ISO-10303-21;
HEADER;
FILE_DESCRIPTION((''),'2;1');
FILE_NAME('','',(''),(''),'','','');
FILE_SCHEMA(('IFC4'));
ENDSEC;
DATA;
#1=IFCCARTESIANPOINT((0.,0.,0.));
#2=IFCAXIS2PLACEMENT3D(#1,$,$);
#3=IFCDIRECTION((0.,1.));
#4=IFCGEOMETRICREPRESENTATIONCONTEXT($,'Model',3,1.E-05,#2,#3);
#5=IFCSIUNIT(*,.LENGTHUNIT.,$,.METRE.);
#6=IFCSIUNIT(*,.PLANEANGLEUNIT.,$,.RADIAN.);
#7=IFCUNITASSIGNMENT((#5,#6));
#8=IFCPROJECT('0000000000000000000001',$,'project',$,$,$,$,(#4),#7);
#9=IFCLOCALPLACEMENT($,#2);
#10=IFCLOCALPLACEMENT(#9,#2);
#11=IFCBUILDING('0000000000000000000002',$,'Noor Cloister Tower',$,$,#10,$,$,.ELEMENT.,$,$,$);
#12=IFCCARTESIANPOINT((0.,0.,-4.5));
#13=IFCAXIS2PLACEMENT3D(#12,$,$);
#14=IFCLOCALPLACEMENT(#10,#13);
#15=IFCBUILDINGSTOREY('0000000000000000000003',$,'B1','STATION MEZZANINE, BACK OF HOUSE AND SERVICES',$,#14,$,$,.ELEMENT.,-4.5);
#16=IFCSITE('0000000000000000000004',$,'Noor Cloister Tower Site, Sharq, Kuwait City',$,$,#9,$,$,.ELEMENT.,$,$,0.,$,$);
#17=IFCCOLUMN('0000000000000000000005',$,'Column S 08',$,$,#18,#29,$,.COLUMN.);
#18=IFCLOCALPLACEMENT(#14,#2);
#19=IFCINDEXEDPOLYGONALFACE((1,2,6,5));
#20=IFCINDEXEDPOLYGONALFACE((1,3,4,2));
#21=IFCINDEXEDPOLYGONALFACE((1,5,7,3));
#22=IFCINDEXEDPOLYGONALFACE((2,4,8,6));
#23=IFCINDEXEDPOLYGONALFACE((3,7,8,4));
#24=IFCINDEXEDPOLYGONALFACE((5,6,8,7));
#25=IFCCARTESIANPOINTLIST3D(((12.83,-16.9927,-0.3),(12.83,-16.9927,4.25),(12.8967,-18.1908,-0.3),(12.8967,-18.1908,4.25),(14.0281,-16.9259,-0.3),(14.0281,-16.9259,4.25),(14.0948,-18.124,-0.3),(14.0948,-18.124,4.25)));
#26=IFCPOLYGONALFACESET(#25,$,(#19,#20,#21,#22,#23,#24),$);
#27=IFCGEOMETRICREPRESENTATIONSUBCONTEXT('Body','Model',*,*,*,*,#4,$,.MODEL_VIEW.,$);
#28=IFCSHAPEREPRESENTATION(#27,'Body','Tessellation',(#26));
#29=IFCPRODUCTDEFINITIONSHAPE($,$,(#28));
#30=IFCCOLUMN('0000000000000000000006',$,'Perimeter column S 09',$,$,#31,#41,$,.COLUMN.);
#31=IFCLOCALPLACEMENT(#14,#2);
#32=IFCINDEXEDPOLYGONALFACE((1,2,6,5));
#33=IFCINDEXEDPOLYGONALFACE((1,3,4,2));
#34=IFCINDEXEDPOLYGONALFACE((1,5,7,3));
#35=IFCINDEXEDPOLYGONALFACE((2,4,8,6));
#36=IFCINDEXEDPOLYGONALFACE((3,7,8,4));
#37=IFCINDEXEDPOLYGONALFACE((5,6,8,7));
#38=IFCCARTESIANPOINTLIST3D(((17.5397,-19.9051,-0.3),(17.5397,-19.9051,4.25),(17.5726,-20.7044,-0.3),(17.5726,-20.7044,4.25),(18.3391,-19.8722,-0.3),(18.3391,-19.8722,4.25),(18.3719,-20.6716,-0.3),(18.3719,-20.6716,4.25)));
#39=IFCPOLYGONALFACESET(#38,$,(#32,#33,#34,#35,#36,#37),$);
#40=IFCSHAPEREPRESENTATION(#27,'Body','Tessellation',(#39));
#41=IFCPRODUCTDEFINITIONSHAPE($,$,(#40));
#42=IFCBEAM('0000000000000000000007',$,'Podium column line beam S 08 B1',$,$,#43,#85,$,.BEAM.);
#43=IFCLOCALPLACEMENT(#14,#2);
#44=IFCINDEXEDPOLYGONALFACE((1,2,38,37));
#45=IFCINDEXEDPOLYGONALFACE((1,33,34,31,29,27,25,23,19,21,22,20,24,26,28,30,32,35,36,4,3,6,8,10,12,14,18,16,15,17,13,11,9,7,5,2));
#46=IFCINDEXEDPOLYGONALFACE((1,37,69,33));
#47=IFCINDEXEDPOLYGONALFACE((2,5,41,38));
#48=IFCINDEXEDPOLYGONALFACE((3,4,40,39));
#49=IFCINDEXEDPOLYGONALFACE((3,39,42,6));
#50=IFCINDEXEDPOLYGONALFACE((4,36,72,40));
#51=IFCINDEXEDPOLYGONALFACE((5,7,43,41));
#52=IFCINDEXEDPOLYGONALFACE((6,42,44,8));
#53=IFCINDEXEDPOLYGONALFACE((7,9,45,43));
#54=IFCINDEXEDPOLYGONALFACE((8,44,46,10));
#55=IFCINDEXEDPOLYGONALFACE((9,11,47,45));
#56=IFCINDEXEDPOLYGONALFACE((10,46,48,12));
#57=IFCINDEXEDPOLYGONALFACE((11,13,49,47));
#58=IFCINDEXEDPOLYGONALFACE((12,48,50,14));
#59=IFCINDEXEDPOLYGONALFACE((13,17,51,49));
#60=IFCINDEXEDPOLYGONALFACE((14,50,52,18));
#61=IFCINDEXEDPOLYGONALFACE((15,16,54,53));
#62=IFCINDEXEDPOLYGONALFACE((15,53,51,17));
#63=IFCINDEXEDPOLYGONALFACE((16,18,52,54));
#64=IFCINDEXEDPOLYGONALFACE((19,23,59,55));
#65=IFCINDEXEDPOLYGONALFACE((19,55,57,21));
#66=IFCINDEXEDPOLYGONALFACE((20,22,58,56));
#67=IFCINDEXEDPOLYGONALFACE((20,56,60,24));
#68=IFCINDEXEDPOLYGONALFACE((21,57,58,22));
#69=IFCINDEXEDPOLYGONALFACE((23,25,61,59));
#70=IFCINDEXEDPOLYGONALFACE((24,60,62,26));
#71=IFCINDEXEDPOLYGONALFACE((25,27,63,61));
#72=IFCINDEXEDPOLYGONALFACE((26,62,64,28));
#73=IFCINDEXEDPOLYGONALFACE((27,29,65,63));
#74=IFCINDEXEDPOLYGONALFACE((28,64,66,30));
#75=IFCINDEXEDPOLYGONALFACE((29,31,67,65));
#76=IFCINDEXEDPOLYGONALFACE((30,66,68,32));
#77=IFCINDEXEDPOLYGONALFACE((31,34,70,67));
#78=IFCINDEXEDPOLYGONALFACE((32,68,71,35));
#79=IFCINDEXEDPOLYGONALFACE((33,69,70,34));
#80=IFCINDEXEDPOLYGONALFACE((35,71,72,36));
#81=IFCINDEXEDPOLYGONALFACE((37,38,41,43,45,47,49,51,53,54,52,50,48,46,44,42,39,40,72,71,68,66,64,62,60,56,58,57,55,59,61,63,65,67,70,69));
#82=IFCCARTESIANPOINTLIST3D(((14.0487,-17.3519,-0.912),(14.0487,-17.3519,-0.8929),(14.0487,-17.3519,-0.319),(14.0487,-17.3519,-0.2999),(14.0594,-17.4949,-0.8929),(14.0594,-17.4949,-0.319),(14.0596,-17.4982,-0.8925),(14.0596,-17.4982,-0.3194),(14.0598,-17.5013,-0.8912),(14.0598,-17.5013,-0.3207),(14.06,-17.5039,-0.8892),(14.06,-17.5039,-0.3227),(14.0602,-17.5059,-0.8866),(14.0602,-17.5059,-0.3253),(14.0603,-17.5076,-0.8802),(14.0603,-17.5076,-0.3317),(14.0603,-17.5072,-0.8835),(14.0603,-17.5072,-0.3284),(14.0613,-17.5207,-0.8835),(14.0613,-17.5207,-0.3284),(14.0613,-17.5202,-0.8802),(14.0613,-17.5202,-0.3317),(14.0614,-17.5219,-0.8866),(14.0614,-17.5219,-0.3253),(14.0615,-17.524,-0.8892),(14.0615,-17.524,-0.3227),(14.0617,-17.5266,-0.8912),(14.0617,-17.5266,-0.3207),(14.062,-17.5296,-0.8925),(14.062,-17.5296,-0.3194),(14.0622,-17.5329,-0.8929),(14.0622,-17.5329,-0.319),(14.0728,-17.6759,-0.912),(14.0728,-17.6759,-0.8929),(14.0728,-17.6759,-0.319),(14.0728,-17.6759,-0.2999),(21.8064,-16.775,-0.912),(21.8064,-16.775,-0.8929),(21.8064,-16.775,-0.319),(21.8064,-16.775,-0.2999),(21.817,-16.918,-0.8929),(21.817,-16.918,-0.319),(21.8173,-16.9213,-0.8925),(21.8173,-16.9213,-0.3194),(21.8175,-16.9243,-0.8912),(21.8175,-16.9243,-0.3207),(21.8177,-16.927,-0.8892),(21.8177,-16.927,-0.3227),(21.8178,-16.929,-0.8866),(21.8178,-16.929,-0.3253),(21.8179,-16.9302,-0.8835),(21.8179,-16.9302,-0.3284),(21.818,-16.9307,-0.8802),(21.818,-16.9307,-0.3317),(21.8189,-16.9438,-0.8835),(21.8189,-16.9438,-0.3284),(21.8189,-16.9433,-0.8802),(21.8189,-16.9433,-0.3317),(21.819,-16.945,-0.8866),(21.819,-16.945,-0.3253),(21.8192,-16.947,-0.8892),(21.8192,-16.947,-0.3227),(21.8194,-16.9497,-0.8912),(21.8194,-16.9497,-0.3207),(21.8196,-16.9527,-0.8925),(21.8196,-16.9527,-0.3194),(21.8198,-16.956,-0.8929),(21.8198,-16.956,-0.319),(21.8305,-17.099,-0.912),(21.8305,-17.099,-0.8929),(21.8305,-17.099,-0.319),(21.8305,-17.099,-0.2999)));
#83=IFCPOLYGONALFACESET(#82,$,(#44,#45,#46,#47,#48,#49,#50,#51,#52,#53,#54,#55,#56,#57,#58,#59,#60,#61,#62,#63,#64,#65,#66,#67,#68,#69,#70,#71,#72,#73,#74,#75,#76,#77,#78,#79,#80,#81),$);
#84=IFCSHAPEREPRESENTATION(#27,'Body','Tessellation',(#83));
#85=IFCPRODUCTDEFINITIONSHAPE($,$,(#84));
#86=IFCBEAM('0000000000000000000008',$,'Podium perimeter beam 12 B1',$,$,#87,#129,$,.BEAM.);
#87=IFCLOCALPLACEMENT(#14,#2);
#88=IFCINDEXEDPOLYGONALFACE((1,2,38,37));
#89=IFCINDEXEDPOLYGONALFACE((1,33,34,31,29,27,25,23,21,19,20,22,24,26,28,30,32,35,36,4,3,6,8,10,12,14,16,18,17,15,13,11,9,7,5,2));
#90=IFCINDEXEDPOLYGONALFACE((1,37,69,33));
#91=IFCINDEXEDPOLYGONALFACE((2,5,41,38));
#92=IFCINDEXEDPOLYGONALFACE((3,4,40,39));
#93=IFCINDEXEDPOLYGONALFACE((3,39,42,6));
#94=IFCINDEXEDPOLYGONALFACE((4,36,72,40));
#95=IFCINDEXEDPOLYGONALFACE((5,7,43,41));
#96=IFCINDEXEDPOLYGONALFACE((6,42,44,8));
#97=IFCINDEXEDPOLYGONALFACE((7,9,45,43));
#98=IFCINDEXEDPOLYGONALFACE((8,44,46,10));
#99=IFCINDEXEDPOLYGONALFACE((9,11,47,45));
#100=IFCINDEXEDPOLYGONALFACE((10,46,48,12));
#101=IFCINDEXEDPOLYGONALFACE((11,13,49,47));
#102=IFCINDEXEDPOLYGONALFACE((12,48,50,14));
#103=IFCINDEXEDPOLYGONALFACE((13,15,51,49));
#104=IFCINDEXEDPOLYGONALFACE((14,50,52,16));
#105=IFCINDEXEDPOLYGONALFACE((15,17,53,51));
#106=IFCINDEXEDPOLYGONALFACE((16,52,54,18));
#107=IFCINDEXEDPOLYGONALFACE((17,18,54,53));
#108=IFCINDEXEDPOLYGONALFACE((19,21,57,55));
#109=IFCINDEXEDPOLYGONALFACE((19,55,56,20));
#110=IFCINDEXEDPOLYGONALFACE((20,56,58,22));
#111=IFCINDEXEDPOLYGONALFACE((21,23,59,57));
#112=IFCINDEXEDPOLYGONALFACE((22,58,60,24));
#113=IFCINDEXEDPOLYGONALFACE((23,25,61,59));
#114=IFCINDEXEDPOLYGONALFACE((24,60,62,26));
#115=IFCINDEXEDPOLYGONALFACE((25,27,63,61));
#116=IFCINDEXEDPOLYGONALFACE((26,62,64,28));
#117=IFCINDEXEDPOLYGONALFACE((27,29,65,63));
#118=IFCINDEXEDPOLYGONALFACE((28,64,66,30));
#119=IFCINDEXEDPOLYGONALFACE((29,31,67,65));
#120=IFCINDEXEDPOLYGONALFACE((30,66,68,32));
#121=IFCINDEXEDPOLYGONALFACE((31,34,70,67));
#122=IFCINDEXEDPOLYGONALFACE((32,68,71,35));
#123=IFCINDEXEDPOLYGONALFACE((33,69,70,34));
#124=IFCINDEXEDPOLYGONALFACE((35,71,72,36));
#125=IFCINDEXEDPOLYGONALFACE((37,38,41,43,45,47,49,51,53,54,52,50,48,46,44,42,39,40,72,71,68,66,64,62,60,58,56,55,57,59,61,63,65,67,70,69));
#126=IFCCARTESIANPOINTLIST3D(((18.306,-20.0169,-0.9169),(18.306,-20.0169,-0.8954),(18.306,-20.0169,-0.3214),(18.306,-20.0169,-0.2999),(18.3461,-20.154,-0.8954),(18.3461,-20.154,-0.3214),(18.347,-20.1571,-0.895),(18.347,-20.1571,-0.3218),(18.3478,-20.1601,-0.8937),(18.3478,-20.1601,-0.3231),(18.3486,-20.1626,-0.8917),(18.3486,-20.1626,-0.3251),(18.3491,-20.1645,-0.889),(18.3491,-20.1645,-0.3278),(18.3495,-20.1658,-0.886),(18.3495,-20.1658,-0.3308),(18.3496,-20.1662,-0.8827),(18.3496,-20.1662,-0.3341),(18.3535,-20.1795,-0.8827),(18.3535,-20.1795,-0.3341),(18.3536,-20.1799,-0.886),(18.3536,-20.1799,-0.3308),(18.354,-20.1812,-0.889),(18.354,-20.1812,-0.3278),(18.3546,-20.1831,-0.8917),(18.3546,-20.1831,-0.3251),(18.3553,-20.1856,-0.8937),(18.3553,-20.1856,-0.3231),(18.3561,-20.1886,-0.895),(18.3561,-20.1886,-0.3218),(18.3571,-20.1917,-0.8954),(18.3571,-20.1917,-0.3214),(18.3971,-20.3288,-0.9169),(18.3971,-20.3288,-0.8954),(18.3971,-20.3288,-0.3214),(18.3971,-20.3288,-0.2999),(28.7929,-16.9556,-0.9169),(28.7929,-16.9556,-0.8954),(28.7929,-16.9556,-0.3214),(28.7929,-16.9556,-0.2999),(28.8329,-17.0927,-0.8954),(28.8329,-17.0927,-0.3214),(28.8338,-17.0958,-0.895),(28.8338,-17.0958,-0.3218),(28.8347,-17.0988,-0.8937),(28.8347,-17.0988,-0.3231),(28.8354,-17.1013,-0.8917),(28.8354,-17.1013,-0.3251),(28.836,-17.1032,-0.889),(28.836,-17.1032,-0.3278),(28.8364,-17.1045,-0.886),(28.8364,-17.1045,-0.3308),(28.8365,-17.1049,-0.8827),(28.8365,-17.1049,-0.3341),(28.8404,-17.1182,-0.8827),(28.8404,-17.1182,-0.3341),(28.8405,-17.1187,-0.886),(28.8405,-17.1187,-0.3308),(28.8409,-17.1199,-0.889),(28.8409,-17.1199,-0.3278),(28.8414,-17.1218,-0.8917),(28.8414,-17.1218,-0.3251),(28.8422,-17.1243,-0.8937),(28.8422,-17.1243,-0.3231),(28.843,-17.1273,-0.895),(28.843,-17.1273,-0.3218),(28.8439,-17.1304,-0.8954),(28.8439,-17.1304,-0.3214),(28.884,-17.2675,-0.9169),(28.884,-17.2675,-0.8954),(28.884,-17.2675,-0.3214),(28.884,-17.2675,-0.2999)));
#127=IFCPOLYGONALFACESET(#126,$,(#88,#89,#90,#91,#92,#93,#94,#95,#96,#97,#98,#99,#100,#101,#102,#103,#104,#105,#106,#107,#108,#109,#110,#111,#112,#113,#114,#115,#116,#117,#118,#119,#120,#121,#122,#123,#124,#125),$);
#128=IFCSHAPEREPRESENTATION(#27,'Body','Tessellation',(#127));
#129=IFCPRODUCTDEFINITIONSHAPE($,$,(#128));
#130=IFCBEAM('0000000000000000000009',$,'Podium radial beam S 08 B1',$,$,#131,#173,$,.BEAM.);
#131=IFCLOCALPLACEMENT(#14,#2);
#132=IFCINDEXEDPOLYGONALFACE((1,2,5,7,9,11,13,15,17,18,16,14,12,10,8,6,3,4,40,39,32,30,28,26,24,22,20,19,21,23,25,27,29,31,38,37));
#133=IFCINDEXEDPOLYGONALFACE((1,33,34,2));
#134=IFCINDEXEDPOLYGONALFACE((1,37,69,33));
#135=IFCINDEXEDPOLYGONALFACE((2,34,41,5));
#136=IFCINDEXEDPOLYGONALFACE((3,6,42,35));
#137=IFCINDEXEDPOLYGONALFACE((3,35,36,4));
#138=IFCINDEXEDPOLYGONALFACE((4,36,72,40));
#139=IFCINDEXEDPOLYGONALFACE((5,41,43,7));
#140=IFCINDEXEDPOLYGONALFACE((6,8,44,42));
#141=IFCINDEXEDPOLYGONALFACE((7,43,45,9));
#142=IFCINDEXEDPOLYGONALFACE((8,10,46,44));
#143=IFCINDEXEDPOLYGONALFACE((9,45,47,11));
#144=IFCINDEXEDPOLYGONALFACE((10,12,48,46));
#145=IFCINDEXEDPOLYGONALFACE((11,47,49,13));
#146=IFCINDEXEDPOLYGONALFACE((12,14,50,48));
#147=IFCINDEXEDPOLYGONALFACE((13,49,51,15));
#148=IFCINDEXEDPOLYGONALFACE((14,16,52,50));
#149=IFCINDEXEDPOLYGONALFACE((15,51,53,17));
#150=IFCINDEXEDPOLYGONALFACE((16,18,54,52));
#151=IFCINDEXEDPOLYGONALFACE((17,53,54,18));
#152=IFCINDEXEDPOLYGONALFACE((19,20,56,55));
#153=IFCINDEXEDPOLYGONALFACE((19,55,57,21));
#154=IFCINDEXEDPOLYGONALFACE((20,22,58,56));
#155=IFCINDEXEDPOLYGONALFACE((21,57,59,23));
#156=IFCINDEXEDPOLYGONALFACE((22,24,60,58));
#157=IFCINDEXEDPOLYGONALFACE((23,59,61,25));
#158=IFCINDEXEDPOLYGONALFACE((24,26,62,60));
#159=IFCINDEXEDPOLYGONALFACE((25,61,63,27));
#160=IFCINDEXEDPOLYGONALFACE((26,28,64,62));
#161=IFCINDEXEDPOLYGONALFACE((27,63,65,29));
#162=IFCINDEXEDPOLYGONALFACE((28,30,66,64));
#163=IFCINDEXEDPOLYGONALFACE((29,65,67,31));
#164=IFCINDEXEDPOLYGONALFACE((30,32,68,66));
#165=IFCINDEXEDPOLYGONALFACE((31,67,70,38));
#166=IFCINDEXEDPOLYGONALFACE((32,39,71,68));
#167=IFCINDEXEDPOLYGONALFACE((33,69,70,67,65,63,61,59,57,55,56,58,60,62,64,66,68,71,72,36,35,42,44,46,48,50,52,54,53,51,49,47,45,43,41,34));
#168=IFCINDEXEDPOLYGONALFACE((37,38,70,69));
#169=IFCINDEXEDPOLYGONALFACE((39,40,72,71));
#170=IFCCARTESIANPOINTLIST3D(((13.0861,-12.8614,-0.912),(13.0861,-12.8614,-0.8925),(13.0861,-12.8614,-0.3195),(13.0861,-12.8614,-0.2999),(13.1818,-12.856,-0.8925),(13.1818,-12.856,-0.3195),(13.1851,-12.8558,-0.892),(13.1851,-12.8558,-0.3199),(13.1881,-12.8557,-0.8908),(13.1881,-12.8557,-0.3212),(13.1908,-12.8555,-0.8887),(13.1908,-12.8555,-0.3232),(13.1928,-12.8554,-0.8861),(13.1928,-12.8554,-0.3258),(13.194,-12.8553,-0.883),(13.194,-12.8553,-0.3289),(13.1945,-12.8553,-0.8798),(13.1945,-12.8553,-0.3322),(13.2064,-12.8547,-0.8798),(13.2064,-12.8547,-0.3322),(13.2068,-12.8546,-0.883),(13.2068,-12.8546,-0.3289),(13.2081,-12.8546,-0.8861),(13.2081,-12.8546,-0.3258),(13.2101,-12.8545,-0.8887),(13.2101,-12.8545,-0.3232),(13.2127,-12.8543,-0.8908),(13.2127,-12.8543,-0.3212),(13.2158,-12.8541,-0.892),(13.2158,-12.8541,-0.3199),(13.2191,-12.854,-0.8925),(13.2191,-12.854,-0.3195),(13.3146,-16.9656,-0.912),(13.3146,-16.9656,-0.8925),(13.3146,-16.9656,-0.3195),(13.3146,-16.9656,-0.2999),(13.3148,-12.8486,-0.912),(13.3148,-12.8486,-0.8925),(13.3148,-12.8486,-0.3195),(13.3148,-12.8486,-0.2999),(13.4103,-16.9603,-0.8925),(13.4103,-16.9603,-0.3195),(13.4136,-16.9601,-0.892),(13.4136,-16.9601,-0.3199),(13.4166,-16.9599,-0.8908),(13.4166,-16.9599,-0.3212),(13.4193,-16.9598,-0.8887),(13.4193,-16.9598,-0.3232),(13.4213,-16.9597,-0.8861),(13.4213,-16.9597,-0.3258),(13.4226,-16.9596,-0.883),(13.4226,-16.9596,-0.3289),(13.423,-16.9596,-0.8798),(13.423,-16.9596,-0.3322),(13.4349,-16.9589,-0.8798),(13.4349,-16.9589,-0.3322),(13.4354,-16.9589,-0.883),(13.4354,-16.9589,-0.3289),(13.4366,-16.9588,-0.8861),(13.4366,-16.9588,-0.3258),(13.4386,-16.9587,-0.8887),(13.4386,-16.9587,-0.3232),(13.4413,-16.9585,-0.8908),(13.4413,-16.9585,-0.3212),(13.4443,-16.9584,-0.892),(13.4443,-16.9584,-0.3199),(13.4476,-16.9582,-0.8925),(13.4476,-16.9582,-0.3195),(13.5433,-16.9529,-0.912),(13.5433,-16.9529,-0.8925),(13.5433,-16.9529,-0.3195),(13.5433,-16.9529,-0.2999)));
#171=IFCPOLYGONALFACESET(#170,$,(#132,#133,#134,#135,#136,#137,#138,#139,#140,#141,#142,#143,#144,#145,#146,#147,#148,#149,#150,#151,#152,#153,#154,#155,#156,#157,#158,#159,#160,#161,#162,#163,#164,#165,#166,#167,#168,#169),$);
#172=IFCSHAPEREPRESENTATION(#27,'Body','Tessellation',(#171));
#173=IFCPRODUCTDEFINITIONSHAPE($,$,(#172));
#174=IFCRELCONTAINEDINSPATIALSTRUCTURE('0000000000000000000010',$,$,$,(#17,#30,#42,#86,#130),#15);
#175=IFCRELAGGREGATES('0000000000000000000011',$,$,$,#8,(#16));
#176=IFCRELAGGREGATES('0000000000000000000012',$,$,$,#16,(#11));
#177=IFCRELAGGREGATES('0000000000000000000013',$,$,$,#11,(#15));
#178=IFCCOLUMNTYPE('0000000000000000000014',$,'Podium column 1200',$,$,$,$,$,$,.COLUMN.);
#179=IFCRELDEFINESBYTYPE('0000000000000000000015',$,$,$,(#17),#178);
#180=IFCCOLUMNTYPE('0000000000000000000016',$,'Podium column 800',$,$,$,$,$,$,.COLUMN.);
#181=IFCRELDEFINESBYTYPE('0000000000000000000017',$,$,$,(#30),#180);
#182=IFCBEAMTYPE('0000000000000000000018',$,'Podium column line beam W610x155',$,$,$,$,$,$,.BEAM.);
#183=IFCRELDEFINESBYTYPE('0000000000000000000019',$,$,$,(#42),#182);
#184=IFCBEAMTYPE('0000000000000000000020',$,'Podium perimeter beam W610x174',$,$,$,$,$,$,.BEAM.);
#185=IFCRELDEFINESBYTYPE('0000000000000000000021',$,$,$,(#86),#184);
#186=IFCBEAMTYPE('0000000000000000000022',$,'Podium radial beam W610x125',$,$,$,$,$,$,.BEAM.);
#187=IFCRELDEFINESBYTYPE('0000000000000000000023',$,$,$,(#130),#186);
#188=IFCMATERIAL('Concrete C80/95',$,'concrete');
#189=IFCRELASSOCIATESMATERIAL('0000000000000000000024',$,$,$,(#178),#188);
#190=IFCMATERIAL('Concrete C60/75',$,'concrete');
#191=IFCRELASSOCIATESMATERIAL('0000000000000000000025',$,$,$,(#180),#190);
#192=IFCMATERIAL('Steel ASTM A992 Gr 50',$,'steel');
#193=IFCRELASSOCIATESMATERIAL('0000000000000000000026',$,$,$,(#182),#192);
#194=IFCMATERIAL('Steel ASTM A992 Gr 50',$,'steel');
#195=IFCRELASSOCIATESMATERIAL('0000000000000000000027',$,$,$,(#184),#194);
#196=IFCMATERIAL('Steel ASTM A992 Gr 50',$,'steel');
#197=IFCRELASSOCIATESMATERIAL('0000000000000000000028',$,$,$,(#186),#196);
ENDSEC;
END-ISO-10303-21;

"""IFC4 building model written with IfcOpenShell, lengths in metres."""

from ifc_helpers import new_model, si_unit, direction, frame, origin, origin_2d, place, context, subcontext, project, spatial, rectangle, i_section, extrude, material, material_profile, profile_set, type_object, element, save


model = new_model("IFC4")

# Units and contexts
model_context = context("Model", 3, precision=1e-05, world=origin(), true_north=direction((0.0, 1.0)))
body_context = subcontext(model_context, "Body", "Model", "MODEL_VIEW")
ifc_project = project(units=[si_unit("LENGTHUNIT", "METRE"), si_unit("PLANEANGLEUNIT", "RADIAN")], contexts=[model_context])

# Site, building, storey
site_placement = place(None, origin())
site = spatial("IfcSite", under=ifc_project, at=site_placement, Name="Noor Cloister Tower Site, Sharq, Kuwait City", CompositionType="ELEMENT", RefElevation=0.0)
building_placement = place(site_placement, origin())
building = spatial("IfcBuilding", under=site, at=building_placement, Name="Noor Cloister Tower", CompositionType="ELEMENT")
storey_placement = place(building_placement, frame((0.0, 0.0, -4.5)))
storey = spatial("IfcBuildingStorey", under=building, at=storey_placement, Name="B1", Description="STATION MEZZANINE, BACK OF HOUSE AND SERVICES", CompositionType="ELEMENT", Elevation=-4.5)

# Columns
ifc_material_1 = material(Name="Concrete C80/95", Category="concrete")
ifc_material_profile_1 = material_profile(ifc_material_1, rectangle(XDim=1.2, YDim=1.2, at=origin_2d()), Name="Podium column 1200")
ifc_profile_set_1 = profile_set([ifc_material_profile_1], Name="Concrete C80/95")
column_type_1 = type_object("IfcColumnType", Name="Podium column 1200", PredefinedType="COLUMN", material=ifc_profile_set_1)
column_1_placement = place(storey_placement, frame((13.4624, -17.5583, -0.3), z_axis=(0.0, 0.0, 1.0), x_axis=(0.055633, -0.998451, 0.0)))
element("IfcColumn", 1, at=column_1_placement, inside=storey, type_object=column_type_1, Name="Column S 08", PredefinedType="COLUMN", context=body_context, shape_type="SweptSolid", body=[
    extrude(rectangle(XDim=1.2, YDim=1.2, at=origin_2d()), origin(), (0.0, 0.0, 1.0), 4.55),
])
ifc_material_2 = material(Name="Concrete C60/75", Category="concrete")
ifc_material_profile_2 = material_profile(ifc_material_2, rectangle(XDim=0.8, YDim=0.8, at=origin_2d()), Name="Podium column 800")
ifc_profile_set_2 = profile_set([ifc_material_profile_2], Name="Concrete C60/75")
column_type_2 = type_object("IfcColumnType", Name="Podium column 800", PredefinedType="COLUMN", material=ifc_profile_set_2)
column_2_placement = place(storey_placement, frame((17.9558, -20.2883, -0.3), z_axis=(0.0, 0.0, 1.0), x_axis=(0.041066, -0.999156, 0.0)))
element("IfcColumn", 2, at=column_2_placement, inside=storey, type_object=column_type_2, Name="Perimeter column S 09", PredefinedType="COLUMN", context=body_context, shape_type="SweptSolid", body=[
    extrude(rectangle(XDim=0.8, YDim=0.8, at=origin_2d()), origin(), (0.0, 0.0, 1.0), 4.55),
])

# Beams
ifc_material_3 = material(Name="Steel ASTM A992 Gr 50", Category="steel")
ifc_material_profile_3 = material_profile(ifc_material_3, i_section(OverallWidth=0.325, OverallDepth=0.6121, WebThickness=0.0127, FlangeThickness=0.019, FilletRadius=0.0127, at=origin_2d()), Name="W610x155")
ifc_profile_set_3 = profile_set([ifc_material_profile_3], Name="Steel ASTM A992 Gr 50")
beam_type_1 = type_object("IfcBeamType", Name="Podium column line beam W610x155", PredefinedType="BEAM", material=ifc_profile_set_3)
beam_1_placement = place(storey_placement, frame((14.0608, -17.5139, -0.606), z_axis=(0.997246, 0.074162, 0.0), x_axis=(-0.074162, 0.997246, 0.0)))
element("IfcBeam", 3, at=beam_1_placement, inside=storey, type_object=beam_type_1, Name="Podium column line beam S 08 B1", PredefinedType="BEAM", context=body_context, shape_type="SweptSolid", body=[
    extrude(i_section(OverallWidth=0.325, OverallDepth=0.6121, WebThickness=0.0127, FlangeThickness=0.019, FilletRadius=0.0127, at=origin_2d()), origin(), (0.0, 0.0, 1.0), 7.7791),
])
ifc_material_4 = material(Name="Steel ASTM A992 Gr 50", Category="steel")
ifc_material_profile_4 = material_profile(ifc_material_4, i_section(OverallWidth=0.325, OverallDepth=0.6169, WebThickness=0.0139, FlangeThickness=0.0215, FilletRadius=0.0127, at=origin_2d()), Name="W610x174")
ifc_profile_set_4 = profile_set([ifc_material_profile_4], Name="Steel ASTM A992 Gr 50")
beam_type_2 = type_object("IfcBeamType", Name="Podium perimeter beam W610x174", PredefinedType="BEAM", material=ifc_profile_set_4)
beam_2_placement = place(storey_placement, frame((18.3516, -20.1729, -0.6084), z_axis=(0.959935, 0.280221, 0.0), x_axis=(-0.280221, 0.959935, 0.0)))
element("IfcBeam", 4, at=beam_2_placement, inside=storey, type_object=beam_type_2, Name="Podium perimeter beam 12 B1", PredefinedType="BEAM", context=body_context, shape_type="SweptSolid", body=[
    extrude(i_section(OverallWidth=0.325, OverallDepth=0.6169, WebThickness=0.0139, FlangeThickness=0.0215, FilletRadius=0.0127, at=origin_2d()), origin(), (0.0, 0.0, 1.0), 10.9246),
])
ifc_material_5 = material(Name="Steel ASTM A992 Gr 50", Category="steel")
ifc_material_profile_5 = material_profile(ifc_material_5, i_section(OverallWidth=0.229, OverallDepth=0.6121, WebThickness=0.012, FlangeThickness=0.0195, FilletRadius=0.0127, at=origin_2d()), Name="W610x125")
ifc_profile_set_5 = profile_set([ifc_material_profile_5], Name="Steel ASTM A992 Gr 50")
beam_type_3 = type_object("IfcBeamType", Name="Podium radial beam W610x125", PredefinedType="BEAM", material=ifc_profile_set_5)
beam_3_placement = place(storey_placement, frame((13.429, -16.9592, -0.606), z_axis=(-0.055592, 0.998454, 0.0), x_axis=(-0.998454, -0.055592, 0.0)))
element("IfcBeam", 5, at=beam_3_placement, inside=storey, type_object=beam_type_3, Name="Podium radial beam S 08 B1", PredefinedType="BEAM", context=body_context, shape_type="SweptSolid", body=[
    extrude(i_section(OverallWidth=0.229, OverallDepth=0.6121, WebThickness=0.012, FlangeThickness=0.0195, FilletRadius=0.0127, at=origin_2d()), origin(), (0.0, 0.0, 1.0), 4.1106),
])

save(model, "model.ifc")
